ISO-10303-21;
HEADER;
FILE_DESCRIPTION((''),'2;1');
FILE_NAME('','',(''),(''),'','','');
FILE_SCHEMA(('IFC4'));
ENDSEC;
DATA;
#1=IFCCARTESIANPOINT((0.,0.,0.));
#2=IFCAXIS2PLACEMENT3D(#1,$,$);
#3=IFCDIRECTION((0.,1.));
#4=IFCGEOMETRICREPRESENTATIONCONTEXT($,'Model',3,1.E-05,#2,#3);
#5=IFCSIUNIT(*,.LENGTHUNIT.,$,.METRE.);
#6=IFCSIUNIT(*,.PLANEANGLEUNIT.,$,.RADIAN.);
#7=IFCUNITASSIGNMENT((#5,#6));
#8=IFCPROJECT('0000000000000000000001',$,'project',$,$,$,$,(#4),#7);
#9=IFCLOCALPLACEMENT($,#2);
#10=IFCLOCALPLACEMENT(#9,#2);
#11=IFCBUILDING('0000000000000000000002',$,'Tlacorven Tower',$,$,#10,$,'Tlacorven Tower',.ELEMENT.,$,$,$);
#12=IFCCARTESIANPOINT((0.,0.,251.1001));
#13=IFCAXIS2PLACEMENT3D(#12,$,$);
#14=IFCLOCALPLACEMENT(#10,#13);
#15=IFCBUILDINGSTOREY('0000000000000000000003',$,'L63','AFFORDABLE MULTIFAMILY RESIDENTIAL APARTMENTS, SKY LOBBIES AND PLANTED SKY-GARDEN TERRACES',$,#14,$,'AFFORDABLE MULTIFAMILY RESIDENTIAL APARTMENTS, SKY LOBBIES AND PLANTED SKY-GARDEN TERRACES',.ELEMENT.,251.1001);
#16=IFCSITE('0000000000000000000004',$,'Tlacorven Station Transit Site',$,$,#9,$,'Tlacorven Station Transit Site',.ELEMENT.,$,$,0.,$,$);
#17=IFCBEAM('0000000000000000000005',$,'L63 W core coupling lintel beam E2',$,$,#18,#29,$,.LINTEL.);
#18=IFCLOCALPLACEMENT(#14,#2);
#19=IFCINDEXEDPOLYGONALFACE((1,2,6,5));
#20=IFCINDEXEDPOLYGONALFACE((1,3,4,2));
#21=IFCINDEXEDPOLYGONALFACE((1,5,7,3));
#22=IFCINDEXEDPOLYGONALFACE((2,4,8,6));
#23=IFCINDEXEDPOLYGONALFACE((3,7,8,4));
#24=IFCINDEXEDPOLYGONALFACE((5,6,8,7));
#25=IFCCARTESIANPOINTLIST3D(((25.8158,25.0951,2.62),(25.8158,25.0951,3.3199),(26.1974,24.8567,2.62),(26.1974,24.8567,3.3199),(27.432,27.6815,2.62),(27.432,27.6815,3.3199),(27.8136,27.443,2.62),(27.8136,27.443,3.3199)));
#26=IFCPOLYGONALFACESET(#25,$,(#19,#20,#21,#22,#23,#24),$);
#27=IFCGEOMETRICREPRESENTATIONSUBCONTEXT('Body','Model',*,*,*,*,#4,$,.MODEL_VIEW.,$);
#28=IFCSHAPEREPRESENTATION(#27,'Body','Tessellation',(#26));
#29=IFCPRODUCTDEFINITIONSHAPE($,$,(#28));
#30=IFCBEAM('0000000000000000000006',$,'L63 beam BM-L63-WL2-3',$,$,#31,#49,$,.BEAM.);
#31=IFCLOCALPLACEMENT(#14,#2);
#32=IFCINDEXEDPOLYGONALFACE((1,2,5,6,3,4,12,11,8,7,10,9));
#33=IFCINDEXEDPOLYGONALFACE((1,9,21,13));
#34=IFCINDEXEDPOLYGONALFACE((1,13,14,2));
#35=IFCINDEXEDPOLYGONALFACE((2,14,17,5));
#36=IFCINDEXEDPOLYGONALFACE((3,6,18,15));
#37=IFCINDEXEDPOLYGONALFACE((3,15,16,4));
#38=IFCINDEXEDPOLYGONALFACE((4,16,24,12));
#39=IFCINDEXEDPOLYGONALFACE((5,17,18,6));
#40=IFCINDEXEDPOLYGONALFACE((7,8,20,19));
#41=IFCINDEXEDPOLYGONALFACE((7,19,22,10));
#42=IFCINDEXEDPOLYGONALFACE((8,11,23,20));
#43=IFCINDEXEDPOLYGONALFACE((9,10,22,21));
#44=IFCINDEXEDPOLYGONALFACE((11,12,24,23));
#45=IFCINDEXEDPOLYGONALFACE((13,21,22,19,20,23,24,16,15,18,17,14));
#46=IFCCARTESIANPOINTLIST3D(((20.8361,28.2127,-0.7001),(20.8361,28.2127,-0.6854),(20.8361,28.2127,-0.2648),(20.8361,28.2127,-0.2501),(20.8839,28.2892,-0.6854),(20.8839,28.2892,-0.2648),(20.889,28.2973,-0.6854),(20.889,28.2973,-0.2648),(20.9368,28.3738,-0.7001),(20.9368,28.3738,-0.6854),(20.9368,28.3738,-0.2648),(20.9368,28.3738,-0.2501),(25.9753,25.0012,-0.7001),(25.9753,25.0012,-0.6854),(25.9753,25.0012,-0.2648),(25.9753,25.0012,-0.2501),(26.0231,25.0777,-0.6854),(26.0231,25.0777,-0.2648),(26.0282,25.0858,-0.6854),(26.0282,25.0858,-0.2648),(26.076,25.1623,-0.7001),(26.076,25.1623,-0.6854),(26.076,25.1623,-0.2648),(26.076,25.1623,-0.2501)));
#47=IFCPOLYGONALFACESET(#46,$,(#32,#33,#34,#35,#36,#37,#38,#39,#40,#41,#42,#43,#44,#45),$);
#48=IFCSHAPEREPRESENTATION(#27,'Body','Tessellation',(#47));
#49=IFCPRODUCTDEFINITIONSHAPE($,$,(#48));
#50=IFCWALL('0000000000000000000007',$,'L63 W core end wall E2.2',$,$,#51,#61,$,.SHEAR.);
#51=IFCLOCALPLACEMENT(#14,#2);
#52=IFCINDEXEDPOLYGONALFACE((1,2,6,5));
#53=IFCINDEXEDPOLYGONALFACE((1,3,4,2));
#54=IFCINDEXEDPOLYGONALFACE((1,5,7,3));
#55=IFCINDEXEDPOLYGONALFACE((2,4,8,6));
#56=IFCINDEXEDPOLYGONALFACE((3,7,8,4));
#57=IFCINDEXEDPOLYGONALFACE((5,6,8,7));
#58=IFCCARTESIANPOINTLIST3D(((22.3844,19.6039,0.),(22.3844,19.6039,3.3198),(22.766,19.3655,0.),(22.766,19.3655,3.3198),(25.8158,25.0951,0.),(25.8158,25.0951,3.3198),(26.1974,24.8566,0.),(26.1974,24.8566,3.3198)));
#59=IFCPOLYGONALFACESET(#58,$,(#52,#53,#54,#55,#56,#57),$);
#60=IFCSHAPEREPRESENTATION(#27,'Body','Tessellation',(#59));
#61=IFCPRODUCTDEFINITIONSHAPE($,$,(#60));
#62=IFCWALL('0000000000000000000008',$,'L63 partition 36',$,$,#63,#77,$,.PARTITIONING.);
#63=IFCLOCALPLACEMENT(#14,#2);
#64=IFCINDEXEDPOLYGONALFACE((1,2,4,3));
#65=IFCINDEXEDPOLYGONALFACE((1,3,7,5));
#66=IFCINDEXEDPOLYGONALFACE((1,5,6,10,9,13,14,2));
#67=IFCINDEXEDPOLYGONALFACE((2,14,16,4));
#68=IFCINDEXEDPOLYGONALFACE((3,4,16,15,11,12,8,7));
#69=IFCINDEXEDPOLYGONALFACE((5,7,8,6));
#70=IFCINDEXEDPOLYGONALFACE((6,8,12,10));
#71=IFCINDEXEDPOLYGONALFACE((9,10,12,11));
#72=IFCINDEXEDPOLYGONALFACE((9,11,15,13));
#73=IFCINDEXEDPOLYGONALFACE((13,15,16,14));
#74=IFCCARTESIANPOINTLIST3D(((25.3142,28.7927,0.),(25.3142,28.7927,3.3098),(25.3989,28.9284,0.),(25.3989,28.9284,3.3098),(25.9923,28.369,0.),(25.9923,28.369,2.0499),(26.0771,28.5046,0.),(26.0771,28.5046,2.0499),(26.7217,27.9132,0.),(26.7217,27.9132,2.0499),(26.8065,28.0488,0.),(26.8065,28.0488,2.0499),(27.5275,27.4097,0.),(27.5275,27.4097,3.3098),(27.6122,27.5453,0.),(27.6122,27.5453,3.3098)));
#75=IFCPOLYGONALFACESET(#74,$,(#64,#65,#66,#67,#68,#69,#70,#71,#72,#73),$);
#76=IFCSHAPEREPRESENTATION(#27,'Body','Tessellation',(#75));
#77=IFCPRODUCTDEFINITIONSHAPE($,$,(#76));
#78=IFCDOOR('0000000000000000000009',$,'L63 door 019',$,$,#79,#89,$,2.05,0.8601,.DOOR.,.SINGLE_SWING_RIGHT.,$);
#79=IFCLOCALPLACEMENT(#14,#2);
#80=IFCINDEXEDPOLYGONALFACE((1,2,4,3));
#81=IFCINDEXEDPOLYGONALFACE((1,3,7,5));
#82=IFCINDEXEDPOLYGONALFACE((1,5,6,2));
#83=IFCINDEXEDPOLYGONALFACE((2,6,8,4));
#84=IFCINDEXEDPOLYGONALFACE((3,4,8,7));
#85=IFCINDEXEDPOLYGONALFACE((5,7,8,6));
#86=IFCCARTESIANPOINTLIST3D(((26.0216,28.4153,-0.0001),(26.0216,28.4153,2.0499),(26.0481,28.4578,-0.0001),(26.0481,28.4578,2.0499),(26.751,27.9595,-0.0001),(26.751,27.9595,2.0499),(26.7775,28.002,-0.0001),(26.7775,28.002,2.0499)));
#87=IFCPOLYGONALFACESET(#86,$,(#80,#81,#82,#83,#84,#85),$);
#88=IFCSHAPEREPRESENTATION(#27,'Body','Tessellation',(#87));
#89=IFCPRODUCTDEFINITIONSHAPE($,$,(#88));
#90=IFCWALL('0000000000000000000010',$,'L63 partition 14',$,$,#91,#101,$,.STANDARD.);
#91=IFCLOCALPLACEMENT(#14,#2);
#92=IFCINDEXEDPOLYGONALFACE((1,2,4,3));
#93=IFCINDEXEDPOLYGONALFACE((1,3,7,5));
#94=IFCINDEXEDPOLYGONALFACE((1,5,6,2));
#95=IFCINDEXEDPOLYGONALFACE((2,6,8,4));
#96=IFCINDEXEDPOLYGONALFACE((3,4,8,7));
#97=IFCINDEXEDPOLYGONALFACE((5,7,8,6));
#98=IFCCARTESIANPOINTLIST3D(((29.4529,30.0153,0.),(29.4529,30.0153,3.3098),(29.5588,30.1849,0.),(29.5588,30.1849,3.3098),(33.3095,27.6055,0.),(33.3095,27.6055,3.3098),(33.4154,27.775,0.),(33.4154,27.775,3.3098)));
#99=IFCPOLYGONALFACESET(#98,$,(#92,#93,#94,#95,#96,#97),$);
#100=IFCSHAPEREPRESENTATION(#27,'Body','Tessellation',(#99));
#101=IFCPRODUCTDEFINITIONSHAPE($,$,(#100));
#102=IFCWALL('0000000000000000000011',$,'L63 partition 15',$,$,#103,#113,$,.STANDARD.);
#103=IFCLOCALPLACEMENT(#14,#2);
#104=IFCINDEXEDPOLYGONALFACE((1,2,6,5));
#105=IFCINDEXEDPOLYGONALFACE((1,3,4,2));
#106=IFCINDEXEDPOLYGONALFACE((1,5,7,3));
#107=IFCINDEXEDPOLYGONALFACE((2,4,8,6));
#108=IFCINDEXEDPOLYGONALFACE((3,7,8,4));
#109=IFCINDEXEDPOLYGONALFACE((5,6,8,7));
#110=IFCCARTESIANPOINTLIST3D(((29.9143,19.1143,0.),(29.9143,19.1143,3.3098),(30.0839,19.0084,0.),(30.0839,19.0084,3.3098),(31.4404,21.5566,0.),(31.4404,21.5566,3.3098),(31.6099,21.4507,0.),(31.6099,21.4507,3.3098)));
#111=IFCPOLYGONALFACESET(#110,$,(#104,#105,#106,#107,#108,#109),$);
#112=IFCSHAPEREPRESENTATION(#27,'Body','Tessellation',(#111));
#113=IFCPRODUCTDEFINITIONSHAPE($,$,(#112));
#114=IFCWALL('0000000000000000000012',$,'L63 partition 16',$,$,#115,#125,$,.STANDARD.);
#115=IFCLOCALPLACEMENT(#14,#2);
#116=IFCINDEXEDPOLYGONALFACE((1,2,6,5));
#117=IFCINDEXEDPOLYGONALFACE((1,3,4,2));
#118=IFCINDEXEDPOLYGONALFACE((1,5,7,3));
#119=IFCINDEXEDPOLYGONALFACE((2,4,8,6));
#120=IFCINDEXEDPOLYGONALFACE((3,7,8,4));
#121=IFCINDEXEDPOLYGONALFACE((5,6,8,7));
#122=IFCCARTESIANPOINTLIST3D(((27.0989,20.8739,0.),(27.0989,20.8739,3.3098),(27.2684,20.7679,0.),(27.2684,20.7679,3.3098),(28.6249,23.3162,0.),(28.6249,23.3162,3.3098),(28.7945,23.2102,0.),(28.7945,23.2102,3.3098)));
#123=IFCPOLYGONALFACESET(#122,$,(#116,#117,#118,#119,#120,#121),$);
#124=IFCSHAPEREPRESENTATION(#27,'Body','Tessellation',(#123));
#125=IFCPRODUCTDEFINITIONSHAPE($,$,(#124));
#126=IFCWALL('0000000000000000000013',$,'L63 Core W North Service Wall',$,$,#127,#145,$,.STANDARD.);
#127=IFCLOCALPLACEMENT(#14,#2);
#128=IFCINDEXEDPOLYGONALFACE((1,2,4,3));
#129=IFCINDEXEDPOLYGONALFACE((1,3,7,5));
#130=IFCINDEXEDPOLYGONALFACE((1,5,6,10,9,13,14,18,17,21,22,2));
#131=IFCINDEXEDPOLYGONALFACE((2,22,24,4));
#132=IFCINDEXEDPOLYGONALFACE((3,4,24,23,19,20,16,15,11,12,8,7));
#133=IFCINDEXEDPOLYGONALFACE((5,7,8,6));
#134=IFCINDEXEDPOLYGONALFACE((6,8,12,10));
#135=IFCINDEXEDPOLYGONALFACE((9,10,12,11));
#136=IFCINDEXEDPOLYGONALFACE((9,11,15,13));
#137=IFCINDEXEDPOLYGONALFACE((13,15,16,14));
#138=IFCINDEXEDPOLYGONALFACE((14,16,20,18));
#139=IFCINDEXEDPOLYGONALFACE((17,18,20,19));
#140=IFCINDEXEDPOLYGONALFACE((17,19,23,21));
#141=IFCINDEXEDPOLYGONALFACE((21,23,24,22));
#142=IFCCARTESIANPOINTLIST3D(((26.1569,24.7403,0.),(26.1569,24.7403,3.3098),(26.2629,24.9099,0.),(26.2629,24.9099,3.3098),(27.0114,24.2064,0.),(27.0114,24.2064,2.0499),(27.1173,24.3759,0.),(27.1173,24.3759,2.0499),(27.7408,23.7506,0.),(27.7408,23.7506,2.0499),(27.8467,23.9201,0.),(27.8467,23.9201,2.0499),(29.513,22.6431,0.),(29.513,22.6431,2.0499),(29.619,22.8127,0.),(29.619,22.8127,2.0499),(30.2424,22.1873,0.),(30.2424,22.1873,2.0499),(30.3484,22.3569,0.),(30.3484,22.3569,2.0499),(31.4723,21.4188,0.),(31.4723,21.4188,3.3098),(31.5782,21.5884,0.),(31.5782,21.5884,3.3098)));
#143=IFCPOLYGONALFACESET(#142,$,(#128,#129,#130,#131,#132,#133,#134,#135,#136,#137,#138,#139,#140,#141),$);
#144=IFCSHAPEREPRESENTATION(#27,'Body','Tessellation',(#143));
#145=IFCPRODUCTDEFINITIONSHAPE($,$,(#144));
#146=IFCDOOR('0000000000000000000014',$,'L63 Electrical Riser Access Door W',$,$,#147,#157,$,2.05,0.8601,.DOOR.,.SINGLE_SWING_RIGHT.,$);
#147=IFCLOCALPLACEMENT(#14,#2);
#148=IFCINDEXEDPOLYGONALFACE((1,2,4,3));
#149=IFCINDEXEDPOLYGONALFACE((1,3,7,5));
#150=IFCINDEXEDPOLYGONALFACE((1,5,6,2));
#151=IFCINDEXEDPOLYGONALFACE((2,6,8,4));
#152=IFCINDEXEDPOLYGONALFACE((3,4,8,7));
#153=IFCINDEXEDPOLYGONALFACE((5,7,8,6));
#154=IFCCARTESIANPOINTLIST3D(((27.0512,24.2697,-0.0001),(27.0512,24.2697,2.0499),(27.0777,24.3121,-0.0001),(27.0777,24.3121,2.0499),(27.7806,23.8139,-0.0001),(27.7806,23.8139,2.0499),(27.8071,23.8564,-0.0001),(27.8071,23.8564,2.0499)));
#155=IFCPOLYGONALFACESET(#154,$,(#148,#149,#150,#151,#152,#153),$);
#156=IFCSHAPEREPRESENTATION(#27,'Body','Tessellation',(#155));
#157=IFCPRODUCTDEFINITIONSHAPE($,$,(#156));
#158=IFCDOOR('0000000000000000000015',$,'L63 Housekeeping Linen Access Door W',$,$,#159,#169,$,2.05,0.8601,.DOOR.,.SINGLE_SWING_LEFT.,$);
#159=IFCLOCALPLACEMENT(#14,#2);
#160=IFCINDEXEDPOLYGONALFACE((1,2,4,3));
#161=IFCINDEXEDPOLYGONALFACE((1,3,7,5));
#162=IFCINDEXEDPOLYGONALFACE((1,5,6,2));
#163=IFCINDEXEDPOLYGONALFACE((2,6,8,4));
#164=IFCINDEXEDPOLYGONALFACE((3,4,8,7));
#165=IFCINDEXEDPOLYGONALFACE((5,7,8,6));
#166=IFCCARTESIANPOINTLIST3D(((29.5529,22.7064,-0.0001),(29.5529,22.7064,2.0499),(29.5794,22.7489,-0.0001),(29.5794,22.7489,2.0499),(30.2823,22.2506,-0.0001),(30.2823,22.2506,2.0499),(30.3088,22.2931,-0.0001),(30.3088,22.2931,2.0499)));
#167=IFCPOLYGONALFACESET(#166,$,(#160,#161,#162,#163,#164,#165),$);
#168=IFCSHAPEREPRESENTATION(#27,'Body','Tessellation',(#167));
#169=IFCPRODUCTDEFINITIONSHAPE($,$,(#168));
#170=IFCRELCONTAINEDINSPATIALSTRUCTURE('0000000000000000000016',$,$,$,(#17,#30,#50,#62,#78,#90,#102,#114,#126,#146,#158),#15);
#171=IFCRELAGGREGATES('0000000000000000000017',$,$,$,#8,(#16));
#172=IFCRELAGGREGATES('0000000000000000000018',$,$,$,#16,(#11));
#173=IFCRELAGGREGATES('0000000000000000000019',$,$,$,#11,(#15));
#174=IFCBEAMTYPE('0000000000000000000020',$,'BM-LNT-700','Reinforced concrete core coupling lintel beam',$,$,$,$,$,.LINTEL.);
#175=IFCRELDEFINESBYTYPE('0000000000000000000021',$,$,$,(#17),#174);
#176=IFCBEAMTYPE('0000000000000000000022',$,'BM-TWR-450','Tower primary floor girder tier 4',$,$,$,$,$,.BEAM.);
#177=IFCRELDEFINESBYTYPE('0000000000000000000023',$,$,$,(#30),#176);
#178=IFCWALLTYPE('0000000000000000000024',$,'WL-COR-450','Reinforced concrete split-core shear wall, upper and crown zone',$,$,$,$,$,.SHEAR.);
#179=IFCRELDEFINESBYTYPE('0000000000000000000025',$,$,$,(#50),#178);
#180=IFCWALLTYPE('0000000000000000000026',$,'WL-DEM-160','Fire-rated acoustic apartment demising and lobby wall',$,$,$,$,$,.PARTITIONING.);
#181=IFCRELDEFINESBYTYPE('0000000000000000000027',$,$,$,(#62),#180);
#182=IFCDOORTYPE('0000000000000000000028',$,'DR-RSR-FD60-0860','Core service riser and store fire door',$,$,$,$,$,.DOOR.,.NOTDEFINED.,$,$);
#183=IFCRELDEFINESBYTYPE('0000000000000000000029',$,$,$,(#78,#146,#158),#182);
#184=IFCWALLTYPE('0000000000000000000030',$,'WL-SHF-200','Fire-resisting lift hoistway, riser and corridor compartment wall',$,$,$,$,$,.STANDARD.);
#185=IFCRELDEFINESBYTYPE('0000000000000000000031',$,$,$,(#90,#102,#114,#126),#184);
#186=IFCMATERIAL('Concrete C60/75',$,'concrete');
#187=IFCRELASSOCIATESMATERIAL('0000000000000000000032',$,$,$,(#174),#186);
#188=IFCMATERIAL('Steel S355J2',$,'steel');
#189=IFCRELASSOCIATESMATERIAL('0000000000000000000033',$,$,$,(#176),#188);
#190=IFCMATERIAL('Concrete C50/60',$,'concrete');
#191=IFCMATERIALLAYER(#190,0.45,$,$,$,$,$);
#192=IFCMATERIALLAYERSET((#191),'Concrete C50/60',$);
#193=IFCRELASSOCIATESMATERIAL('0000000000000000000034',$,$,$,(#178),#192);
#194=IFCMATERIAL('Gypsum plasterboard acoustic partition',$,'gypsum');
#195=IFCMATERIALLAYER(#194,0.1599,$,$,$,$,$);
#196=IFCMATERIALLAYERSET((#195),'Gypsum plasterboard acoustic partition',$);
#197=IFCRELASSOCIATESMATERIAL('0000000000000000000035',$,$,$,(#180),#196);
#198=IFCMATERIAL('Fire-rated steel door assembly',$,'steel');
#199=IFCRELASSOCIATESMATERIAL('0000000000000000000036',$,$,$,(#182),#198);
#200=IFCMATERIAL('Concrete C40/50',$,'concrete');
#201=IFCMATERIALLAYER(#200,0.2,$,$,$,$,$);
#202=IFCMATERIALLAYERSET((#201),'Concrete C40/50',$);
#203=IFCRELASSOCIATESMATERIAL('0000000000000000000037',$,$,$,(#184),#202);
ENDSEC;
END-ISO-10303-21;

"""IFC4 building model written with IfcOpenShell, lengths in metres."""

from ifc_helpers import new_model, si_unit, direction, frame, frame_2d, origin, origin_2d, place, context, subcontext, project, spatial, rectangle, i_section, extrude, source, transform, mapped, material, layer, layer_set, material_profile, profile_set, type_object, element, fill, save


model = new_model("IFC4")

# Units and contexts
model_context = context("Model", 3, precision=1e-05, world=origin(), true_north=direction((0.0, 1.0)))
body_context = subcontext(model_context, "Body", "Model", "MODEL_VIEW")
ifc_project = project(units=[si_unit("LENGTHUNIT", "METRE"), si_unit("PLANEANGLEUNIT", "RADIAN")], contexts=[model_context])

# Site, building, storey
site_placement = place(None, origin())
site = spatial("IfcSite", under=ifc_project, at=site_placement, Name="Tlacorven Station Transit Site", LongName="Tlacorven Station Transit Site", CompositionType="ELEMENT", RefElevation=0.0)
building_placement = place(site_placement, origin())
building = spatial("IfcBuilding", under=site, at=building_placement, Name="Tlacorven Tower", LongName="Tlacorven Tower", CompositionType="ELEMENT")
storey_placement = place(building_placement, frame((0.0, 0.0, 251.1001)))
storey = spatial("IfcBuildingStorey", under=building, at=storey_placement, Name="L63", Description="AFFORDABLE MULTIFAMILY RESIDENTIAL APARTMENTS, SKY LOBBIES AND PLANTED SKY-GARDEN TERRACES", LongName="AFFORDABLE MULTIFAMILY RESIDENTIAL APARTMENTS, SKY LOBBIES AND PLANTED SKY-GARDEN TERRACES", CompositionType="ELEMENT", Elevation=251.1001)

# Beams
ifc_material_1 = material(Name="Concrete C60/75", Category="concrete")
ifc_material_profile_1 = material_profile(ifc_material_1, rectangle(XDim=0.45, YDim=0.7, at=origin_2d()), Name="RC 450X700")
ifc_profile_set_1 = profile_set([ifc_material_profile_1], Name="Concrete C60/75")
beam_type_1 = type_object("IfcBeamType", Name="BM-LNT-700", Description="Reinforced concrete core coupling lintel beam", PredefinedType="LINTEL", material=ifc_profile_set_1)
shared_shape_1 = source(origin(), body_context, "Body", "SweptSolid", [
    extrude(rectangle(XDim=0.45, YDim=0.7, at=origin_2d()), origin(), (0.0, 0.0, 1.0), 3.0498),
])
beam_1_placement = place(storey_placement, frame((27.6228, 27.5623, 2.97), z_axis=(-0.529927, -0.848043, 0.0), x_axis=(0.848043, -0.529927, 0.0)))
element("IfcBeam", 1, at=beam_1_placement, inside=storey, type_object=beam_type_1, Name="L63 W core coupling lintel beam E2", PredefinedType="LINTEL", context=body_context, shape_type="MappedRepresentation", body=[
    mapped(shared_shape_1, transform((0.0, 0.0, 0.0), scale=1.0)),
])
ifc_material_2 = material(Name="Steel S355J2", Category="steel")
ifc_material_profile_2 = material_profile(ifc_material_2, i_section(OverallWidth=0.1899, OverallDepth=0.45, WebThickness=0.0095, FlangeThickness=0.0146, at=origin_2d()), Name="IPE 450")
ifc_profile_set_2 = profile_set([ifc_material_profile_2], Name="Steel S355J2")
beam_type_2 = type_object("IfcBeamType", Name="BM-TWR-450", Description="Tower primary floor girder tier 4", PredefinedType="BEAM", material=ifc_profile_set_2)
shared_shape_2 = source(origin(), body_context, "Body", "SweptSolid", [
    extrude(i_section(OverallWidth=0.1899, OverallDepth=0.45, WebThickness=0.0095, FlangeThickness=0.0146, at=origin_2d()), origin(), (0.0, 0.0, 1.0), 6.0601),
])
beam_2_placement = place(storey_placement, frame((26.0256, 25.0818, -0.4751), z_axis=(-0.848039, 0.529934, 0.0), x_axis=(-0.529934, -0.848039, 0.0)))
element("IfcBeam", 2, at=beam_2_placement, inside=storey, type_object=beam_type_2, Name="L63 beam BM-L63-WL2-3", PredefinedType="BEAM", context=body_context, shape_type="MappedRepresentation", body=[
    mapped(shared_shape_2, transform((0.0, 0.0, 0.0), scale=1.0)),
])

# Wall
ifc_material_3 = material(Name="Concrete C50/60", Category="concrete")
ifc_layer_1 = layer(ifc_material_3, 0.45)
ifc_layer_set_1 = layer_set([ifc_layer_1], Name="Concrete C50/60")
wall_type_1 = type_object("IfcWallType", Name="WL-COR-450", Description="Reinforced concrete split-core shear wall, upper and crown zone", PredefinedType="SHEAR", material=ifc_layer_set_1)
wall_1_placement = place(storey_placement, frame((26.0066, 24.9758, 0.0), z_axis=(0.0, 0.0, 1.0), x_axis=(-0.529931, -0.848041, 0.0)))
element("IfcWall", 3, at=wall_1_placement, inside=storey, type_object=wall_type_1, Name="L63 W core end wall E2.2", PredefinedType="SHEAR", context=body_context, shape_type="SweptSolid", body=[
    extrude(rectangle(XDim=6.4751, YDim=0.45, at=frame_2d((3.2375, 0.0))), origin(), (0.0, 0.0, 1.0), 3.3198),
])

# Wall, opening, door
ifc_material_4 = material(Name="Gypsum plasterboard acoustic partition", Category="gypsum")
ifc_layer_2 = layer(ifc_material_4, 0.1599)
ifc_layer_set_2 = layer_set([ifc_layer_2], Name="Gypsum plasterboard acoustic partition")
wall_type_2 = type_object("IfcWallType", Name="WL-DEM-160", Description="Fire-rated acoustic apartment demising and lobby wall", PredefinedType="PARTITIONING", material=ifc_layer_set_2)
wall_2_placement = place(storey_placement, frame((27.5698, 27.4775, 0.0), z_axis=(0.0, 0.0, 1.0), x_axis=(-0.848051, 0.529915, 0.0)))
wall_2 = element("IfcWall", 4, at=wall_2_placement, inside=storey, type_object=wall_type_2, Name="L63 partition 36", PredefinedType="PARTITIONING", context=body_context, shape_type="SweptSolid", body=[
    extrude(rectangle(XDim=2.6099, YDim=0.1599, at=frame_2d((1.3049, 0.0))), origin(), (0.0, 0.0, 1.0), 3.3098),
])
opening_1_placement = place(wall_2_placement, frame((0.95, 0.0, 0.0)))
opening_1 = element("IfcOpeningElement", 5, at=opening_1_placement, cuts=wall_2, PredefinedType="OPENING", context=body_context, shape_type="SweptSolid", body=[
    extrude(rectangle(XDim=0.8601, YDim=2.05, at=frame_2d((0.4302, 1.0249))), frame((0.0, 0.0898, 0.0), z_axis=(0.0, -1.0, 0.0), x_axis=(1.0, 0.0, 0.0)), (0.0, 0.0, 1.0), 0.1799),
])
ifc_material_5 = material(Name="Fire-rated steel door assembly", Category="steel")
door_type_1 = type_object("IfcDoorType", Name="DR-RSR-FD60-0860", Description="Core service riser and store fire door", OperationType="NOTDEFINED", PredefinedType="DOOR", material=ifc_material_5)
shared_shape_3 = source(origin(), body_context, "Body", "SweptSolid", [
    extrude(rectangle(XDim=0.8601, YDim=2.05, at=frame_2d((0.4302, 1.0249))), frame((0.0, 0.0249, 0.0), z_axis=(0.0, -1.0, 0.0), x_axis=(1.0, 0.0, 0.0)), (0.0, 0.0, 1.0), 0.05),
])
door_1_placement = place(opening_1_placement, frame((0.8601, 0.0, 0.0), z_axis=(0.0, 0.0, 1.0), x_axis=(-1.0, 0.0, 0.0)))
door_1 = element("IfcDoor", 6, at=door_1_placement, inside=storey, type_object=door_type_1, Name="L63 door 019", OperationType="SINGLE_SWING_RIGHT", OverallHeight=2.05, OverallWidth=0.8601, PredefinedType="DOOR", context=body_context, shape_type="MappedRepresentation", body=[
    mapped(shared_shape_3, transform((0.0, 0.0, 0.0), scale=1.0)),
])
fill(opening_1, door_1)

# Shared definitions
ifc_material_6 = material(Name="Concrete C40/50", Category="concrete")
ifc_layer_3 = layer(ifc_material_6, 0.2)
ifc_layer_set_3 = layer_set([ifc_layer_3], Name="Concrete C40/50")
wall_type_3 = type_object("IfcWallType", Name="WL-SHF-200", Description="Fire-resisting lift hoistway, riser and corridor compartment wall", PredefinedType="STANDARD", material=ifc_layer_set_3)

# Walls
wall_3_placement = place(storey_placement, frame((33.3625, 27.6902, 0.0), z_axis=(0.0, 0.0, 1.0), x_axis=(-0.84805, 0.529917, 0.0)))
element("IfcWall", 7, at=wall_3_placement, inside=storey, type_object=wall_type_3, Name="L63 partition 14", PredefinedType="STANDARD", context=body_context, shape_type="SweptSolid", body=[
    extrude(rectangle(XDim=4.5476, YDim=0.2, at=frame_2d((2.2739, 0.0))), origin(), (0.0, 0.0, 1.0), 3.3098),
])
for number, where, z_axis, x_axis, name in (
    (8, (31.5251, 21.5037, 0.0), (0.0, 0.0, 1.0), (-0.529907, -0.848055, 0.0), "L63 partition 15"),
    (9, (28.7097, 23.2632, 0.0), (0.0, 0.0, 1.0), (-0.529907, -0.848055, 0.0), "L63 partition 16"),
):
    element("IfcWall", number, at=place(storey_placement, frame(where, z_axis=z_axis, x_axis=x_axis)), inside=storey, type_object=wall_type_3, Name=name, PredefinedType="STANDARD", context=body_context, shape_type="SweptSolid", body=[
        extrude(rectangle(XDim=2.8799, YDim=0.2, at=frame_2d((1.4399, 0.0))), origin(), (0.0, 0.0, 1.0), 3.3098),
    ])

# Wall, openings, doors
wall_4_placement = place(storey_placement, frame((31.5251, 21.5037, 0.0), z_axis=(0.0, 0.0, 1.0), x_axis=(-0.848042, 0.529929, 0.0)))
wall_4 = element("IfcWall", 10, at=wall_4_placement, inside=storey, type_object=wall_type_3, Name="L63 Core W North Service Wall", PredefinedType="STANDARD", context=body_context, shape_type="SweptSolid", body=[
    extrude(rectangle(XDim=6.2678, YDim=0.2, at=frame_2d((3.1338, 0.0))), origin(), (0.0, 0.0, 1.0), 3.3098),
])
opening_2_placement = place(wall_4_placement, frame((4.3999, 0.0, 0.0)))
opening_2 = element("IfcOpeningElement", 11, at=opening_2_placement, cuts=wall_4, PredefinedType="OPENING", context=body_context, shape_type="SweptSolid", body=[
    extrude(rectangle(XDim=0.8601, YDim=2.05, at=frame_2d((0.4302, 1.0249))), frame((0.0, 0.1099, 0.0), z_axis=(0.0, -1.0, 0.0), x_axis=(1.0, 0.0, 0.0)), (0.0, 0.0, 1.0), 0.22),
])
opening_3_placement = place(wall_4_placement, frame((1.45, 0.0, 0.0)))
opening_3 = element("IfcOpeningElement", 12, at=opening_3_placement, cuts=wall_4, PredefinedType="OPENING", context=body_context, shape_type="SweptSolid", body=[
    extrude(rectangle(XDim=0.8601, YDim=2.05, at=frame_2d((0.4302, 1.0249))), frame((0.0, 0.1099, 0.0), z_axis=(0.0, -1.0, 0.0), x_axis=(1.0, 0.0, 0.0)), (0.0, 0.0, 1.0), 0.22),
])
door_2_placement = place(opening_2_placement, frame((0.8601, 0.0, 0.0), z_axis=(0.0, 0.0, 1.0), x_axis=(-1.0, 0.0, 0.0)))
door_2 = element("IfcDoor", 13, at=door_2_placement, inside=storey, type_object=door_type_1, Name="L63 Electrical Riser Access Door W", OperationType="SINGLE_SWING_RIGHT", OverallHeight=2.05, OverallWidth=0.8601, PredefinedType="DOOR", context=body_context, shape_type="MappedRepresentation", body=[
    mapped(shared_shape_3, transform((0.0, 0.0, 0.0), scale=1.0)),
])
fill(opening_2, door_2)
door_3_placement = place(opening_3_placement, frame((0.8601, 0.0, 0.0), z_axis=(0.0, 0.0, 1.0), x_axis=(-1.0, 0.0, 0.0)))
door_3 = element("IfcDoor", 14, at=door_3_placement, inside=storey, type_object=door_type_1, Name="L63 Housekeeping Linen Access Door W", OperationType="SINGLE_SWING_LEFT", OverallHeight=2.05, OverallWidth=0.8601, PredefinedType="DOOR", context=body_context, shape_type="MappedRepresentation", body=[
    mapped(shared_shape_3, transform((0.0, 0.0, 0.0), scale=1.0)),
])
fill(opening_3, door_3)

save(model, "model.ifc")
